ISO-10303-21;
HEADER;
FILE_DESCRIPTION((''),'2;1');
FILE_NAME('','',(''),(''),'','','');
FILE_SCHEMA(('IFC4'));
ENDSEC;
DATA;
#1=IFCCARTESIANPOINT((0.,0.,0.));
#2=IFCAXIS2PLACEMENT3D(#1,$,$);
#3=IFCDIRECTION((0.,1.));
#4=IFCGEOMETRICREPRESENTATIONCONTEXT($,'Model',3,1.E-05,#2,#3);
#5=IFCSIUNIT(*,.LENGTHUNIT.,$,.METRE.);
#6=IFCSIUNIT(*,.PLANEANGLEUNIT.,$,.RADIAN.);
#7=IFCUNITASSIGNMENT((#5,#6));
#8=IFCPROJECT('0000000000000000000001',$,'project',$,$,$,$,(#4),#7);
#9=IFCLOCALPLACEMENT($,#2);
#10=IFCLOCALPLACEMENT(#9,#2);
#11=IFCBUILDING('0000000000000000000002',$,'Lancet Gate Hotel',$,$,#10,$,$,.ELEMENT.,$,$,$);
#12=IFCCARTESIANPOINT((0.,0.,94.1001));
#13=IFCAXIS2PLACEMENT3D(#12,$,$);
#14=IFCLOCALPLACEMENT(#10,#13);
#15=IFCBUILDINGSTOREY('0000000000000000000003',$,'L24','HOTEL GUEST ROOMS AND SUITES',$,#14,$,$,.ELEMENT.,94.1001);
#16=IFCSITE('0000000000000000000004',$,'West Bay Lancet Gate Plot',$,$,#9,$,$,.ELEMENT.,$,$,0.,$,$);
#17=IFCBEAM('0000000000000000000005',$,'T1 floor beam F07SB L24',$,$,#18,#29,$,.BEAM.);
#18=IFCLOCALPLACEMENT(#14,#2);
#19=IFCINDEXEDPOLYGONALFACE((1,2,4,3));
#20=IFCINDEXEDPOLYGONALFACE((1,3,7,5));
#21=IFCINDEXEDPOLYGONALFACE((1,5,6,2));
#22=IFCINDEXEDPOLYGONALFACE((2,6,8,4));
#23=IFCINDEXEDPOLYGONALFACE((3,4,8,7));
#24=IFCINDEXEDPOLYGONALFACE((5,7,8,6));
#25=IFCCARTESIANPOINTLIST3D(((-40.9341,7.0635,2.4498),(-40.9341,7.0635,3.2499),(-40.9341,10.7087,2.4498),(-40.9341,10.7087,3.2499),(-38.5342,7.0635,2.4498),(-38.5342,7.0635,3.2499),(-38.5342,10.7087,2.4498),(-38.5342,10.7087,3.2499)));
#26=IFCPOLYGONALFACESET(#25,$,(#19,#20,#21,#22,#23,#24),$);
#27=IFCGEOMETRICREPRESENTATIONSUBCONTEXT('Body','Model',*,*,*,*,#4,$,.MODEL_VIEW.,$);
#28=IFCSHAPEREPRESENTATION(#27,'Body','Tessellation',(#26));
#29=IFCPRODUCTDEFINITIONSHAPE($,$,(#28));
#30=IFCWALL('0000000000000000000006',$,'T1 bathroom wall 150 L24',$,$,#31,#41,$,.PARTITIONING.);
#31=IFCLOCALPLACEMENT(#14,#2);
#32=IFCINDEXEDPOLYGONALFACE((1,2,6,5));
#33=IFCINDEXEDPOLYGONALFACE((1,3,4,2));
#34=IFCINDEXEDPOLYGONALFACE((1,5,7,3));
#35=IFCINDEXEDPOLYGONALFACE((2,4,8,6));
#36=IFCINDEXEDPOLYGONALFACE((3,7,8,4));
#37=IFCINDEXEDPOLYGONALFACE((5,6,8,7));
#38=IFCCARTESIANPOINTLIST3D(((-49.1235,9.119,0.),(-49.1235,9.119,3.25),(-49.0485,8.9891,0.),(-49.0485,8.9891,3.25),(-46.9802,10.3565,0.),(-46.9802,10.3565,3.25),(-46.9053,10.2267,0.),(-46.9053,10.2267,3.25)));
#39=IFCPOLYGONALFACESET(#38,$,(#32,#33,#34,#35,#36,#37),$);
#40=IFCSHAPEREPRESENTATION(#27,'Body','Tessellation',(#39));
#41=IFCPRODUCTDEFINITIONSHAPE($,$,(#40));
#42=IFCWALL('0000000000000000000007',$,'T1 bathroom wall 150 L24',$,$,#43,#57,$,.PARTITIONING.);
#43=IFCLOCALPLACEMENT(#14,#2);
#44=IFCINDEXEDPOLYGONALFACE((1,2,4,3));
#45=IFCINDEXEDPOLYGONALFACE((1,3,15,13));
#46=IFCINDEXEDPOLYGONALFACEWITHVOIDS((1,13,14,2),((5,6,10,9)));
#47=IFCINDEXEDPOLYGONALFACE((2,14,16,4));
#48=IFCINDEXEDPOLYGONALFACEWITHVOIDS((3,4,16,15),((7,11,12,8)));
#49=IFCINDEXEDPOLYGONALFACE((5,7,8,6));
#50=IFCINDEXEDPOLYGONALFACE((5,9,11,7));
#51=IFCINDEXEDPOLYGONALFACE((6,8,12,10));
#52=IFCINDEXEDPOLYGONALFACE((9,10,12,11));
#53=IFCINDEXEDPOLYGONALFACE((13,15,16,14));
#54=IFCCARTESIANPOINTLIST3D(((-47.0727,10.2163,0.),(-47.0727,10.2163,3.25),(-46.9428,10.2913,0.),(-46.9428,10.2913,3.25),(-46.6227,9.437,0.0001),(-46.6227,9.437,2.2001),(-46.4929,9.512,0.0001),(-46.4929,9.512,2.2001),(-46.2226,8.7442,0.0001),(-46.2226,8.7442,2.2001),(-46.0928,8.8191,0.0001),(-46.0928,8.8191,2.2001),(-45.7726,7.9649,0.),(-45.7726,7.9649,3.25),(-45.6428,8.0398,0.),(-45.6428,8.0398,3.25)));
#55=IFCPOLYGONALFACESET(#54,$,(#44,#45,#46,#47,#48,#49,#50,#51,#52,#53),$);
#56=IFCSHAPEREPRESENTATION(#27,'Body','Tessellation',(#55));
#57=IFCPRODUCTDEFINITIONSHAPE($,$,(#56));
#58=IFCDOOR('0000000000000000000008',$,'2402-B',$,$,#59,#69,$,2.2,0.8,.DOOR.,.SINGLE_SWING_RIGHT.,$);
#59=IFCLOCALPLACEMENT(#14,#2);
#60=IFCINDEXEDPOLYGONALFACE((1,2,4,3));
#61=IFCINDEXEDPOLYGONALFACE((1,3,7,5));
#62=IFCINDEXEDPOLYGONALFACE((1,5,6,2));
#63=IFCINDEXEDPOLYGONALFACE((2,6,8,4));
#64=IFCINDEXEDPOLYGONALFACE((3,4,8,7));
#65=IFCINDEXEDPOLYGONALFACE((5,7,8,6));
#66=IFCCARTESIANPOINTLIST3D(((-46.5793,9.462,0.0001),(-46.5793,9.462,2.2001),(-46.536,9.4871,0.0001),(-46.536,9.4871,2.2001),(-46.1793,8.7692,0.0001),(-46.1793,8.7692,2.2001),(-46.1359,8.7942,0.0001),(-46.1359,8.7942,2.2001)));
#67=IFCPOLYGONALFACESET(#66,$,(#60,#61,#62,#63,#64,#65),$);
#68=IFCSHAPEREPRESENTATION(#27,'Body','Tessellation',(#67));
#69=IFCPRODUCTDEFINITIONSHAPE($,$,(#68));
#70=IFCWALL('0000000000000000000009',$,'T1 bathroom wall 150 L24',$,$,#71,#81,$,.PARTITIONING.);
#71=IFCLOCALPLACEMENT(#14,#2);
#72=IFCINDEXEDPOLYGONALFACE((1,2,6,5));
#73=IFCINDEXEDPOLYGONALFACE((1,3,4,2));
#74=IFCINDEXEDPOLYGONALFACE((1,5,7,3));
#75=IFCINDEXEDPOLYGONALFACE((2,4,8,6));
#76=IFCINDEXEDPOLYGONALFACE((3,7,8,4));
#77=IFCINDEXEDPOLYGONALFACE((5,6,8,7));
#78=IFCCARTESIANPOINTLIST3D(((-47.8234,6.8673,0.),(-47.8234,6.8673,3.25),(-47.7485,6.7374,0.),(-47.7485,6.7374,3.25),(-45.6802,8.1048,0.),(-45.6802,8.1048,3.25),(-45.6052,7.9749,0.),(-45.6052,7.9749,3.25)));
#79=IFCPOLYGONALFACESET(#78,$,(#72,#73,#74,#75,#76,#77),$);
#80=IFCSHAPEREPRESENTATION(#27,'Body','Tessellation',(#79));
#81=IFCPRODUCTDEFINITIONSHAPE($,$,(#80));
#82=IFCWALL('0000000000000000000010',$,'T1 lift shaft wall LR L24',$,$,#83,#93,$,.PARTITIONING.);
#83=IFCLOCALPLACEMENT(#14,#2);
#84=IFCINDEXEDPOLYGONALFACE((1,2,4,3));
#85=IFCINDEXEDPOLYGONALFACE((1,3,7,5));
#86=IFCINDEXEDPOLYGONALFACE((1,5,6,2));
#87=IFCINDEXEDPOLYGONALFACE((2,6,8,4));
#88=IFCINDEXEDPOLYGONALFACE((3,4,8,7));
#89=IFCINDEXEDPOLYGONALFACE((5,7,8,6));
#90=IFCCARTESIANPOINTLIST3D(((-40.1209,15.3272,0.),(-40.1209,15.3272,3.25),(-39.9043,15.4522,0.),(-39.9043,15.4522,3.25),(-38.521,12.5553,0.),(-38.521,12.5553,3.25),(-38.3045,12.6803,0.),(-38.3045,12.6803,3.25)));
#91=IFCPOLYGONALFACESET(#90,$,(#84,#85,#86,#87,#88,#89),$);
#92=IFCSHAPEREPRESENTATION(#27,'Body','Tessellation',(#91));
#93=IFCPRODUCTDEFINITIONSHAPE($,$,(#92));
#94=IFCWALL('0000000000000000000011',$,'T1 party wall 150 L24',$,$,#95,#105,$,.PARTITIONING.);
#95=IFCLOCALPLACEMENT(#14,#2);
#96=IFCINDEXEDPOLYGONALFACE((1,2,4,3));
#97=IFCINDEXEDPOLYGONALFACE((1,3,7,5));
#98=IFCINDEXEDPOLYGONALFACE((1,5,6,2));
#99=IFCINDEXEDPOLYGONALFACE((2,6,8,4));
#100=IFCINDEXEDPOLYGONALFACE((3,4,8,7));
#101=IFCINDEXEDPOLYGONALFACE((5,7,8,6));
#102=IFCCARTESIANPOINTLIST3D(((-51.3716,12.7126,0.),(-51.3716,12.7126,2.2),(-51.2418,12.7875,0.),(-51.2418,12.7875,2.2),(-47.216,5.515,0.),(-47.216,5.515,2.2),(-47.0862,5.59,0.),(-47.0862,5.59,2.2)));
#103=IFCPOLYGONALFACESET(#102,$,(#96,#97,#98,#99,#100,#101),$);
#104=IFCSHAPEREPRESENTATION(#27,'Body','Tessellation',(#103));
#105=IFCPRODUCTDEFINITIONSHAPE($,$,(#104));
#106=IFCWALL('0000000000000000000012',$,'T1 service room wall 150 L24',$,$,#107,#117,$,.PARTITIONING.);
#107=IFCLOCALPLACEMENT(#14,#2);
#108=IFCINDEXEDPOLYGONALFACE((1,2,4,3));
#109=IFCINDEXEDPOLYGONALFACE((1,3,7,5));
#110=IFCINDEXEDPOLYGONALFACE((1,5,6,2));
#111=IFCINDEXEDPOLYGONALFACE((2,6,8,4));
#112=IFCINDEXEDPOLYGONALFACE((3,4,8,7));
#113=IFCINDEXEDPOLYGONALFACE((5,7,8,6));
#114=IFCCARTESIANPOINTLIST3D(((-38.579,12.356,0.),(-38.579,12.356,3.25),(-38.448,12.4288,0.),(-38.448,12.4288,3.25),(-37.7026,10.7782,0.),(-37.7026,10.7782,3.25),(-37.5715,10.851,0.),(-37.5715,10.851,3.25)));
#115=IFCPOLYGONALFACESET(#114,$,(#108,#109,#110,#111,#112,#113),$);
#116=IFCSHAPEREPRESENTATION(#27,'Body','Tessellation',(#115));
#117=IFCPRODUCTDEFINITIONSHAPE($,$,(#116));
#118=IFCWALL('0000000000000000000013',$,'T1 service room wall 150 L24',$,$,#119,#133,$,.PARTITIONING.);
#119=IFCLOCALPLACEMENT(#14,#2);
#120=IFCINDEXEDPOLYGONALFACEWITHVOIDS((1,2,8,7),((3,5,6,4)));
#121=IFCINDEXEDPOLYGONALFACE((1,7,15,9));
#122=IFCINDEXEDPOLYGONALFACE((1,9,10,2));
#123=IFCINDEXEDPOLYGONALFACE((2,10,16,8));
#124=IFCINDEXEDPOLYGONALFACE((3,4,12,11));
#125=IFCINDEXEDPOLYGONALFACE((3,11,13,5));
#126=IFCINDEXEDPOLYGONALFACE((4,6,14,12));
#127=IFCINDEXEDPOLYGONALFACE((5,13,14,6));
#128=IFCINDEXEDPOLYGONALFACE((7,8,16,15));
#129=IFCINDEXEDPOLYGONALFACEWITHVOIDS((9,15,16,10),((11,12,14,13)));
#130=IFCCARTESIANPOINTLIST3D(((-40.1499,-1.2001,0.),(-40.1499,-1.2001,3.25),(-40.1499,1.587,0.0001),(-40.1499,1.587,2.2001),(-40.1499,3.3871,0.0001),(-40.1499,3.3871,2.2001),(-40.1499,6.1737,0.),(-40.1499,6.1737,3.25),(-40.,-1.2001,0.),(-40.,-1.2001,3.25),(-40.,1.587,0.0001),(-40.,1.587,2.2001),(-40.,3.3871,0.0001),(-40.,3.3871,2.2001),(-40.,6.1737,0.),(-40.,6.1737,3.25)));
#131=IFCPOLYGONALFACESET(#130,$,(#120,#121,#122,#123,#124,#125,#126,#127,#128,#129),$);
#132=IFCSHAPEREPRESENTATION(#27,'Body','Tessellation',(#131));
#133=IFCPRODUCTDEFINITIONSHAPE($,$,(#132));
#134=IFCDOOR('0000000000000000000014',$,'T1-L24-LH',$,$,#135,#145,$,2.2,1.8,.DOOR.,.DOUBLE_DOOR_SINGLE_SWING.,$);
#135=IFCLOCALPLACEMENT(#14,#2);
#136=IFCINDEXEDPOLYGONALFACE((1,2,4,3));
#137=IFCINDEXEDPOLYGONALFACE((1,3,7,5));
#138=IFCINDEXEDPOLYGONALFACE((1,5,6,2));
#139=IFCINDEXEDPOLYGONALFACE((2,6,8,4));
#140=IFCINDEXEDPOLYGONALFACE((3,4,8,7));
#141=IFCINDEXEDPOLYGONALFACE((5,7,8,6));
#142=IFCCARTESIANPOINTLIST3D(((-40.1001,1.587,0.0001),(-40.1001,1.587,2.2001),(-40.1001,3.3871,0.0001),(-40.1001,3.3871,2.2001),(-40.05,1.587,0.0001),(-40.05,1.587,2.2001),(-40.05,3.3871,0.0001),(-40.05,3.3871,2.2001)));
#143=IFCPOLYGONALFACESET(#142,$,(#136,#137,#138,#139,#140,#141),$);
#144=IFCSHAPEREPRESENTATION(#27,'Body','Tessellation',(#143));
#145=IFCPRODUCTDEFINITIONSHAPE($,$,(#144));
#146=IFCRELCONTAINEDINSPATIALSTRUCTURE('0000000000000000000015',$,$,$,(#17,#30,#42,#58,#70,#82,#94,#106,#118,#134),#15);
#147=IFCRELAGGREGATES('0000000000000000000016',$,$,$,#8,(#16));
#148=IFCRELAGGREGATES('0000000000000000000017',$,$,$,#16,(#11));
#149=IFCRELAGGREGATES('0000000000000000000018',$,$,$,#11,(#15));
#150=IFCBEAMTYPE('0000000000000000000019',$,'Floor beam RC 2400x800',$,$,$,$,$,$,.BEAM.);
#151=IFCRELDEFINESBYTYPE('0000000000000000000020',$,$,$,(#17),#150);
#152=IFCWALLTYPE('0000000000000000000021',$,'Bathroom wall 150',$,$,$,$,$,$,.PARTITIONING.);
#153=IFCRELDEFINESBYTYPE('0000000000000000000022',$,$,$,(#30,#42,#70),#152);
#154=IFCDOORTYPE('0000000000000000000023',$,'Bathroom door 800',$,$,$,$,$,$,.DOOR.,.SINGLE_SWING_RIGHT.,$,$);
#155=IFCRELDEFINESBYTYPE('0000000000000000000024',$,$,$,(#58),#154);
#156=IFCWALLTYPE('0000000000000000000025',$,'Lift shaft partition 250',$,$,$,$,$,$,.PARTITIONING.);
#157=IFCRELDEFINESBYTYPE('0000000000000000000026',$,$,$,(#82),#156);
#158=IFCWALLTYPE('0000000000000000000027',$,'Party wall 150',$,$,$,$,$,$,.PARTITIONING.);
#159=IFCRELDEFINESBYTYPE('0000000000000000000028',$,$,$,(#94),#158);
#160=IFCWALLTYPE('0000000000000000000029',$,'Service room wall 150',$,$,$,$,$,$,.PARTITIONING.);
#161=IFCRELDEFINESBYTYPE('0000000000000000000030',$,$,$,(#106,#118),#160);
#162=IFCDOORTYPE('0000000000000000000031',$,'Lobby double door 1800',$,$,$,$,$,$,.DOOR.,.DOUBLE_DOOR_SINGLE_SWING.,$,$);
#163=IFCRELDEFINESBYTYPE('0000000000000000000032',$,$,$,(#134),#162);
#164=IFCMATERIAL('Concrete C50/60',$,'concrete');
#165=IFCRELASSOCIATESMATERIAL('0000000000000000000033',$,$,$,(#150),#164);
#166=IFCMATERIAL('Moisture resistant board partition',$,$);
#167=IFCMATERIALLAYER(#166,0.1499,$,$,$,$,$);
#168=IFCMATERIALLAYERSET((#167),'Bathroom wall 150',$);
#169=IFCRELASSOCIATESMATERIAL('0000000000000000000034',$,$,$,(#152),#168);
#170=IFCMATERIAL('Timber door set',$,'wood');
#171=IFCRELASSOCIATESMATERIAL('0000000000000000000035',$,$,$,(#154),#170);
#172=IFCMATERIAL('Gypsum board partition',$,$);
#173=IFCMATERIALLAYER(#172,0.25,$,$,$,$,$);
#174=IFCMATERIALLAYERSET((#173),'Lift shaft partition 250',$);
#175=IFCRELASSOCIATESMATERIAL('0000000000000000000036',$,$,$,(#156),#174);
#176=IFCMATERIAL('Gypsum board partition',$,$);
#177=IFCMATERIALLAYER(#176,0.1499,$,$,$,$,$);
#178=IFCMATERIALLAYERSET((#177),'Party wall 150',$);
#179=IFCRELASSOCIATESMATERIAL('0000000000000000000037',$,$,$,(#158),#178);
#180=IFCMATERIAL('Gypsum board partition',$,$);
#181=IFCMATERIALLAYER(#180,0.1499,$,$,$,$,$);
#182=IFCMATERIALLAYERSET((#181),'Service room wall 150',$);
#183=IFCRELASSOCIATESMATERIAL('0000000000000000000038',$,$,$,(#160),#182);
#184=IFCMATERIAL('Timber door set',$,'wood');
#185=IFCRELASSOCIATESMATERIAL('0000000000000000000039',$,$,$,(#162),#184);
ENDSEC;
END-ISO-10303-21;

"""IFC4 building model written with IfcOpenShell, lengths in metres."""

from ifc_helpers import new_model, si_unit, direction, frame, frame_2d, origin, origin_2d, place, context, subcontext, project, spatial, rectangle, extrude, material, layer, layer_set, material_profile, profile_set, type_object, element, fill, save


model = new_model("IFC4")

# Units and contexts
model_context = context("Model", 3, precision=1e-05, world=origin(), true_north=direction((0.0, 1.0)))
body_context = subcontext(model_context, "Body", "Model", "MODEL_VIEW")
ifc_project = project(units=[si_unit("LENGTHUNIT", "METRE"), si_unit("PLANEANGLEUNIT", "RADIAN")], contexts=[model_context])

# Site, building, storey
site_placement = place(None, origin())
site = spatial("IfcSite", under=ifc_project, at=site_placement, Name="West Bay Lancet Gate Plot", CompositionType="ELEMENT", RefElevation=0.0)
building_placement = place(site_placement, origin())
building = spatial("IfcBuilding", under=site, at=building_placement, Name="Lancet Gate Hotel", CompositionType="ELEMENT")
storey_placement = place(building_placement, frame((0.0, 0.0, 94.1001)))
storey = spatial("IfcBuildingStorey", under=building, at=storey_placement, Name="L24", Description="HOTEL GUEST ROOMS AND SUITES", CompositionType="ELEMENT", Elevation=94.1001)

# Beam
ifc_material_1 = material(Name="Concrete C50/60", Category="concrete")
ifc_material_profile_1 = material_profile(ifc_material_1, rectangle(XDim=2.3999, YDim=0.8, at=origin_2d()), Name="RC 2400x800")
ifc_profile_set_1 = profile_set([ifc_material_profile_1], Name="Concrete C50/60")
beam_type_1 = type_object("IfcBeamType", Name="Floor beam RC 2400x800", PredefinedType="BEAM", material=ifc_profile_set_1)
beam_1_placement = place(storey_placement, frame((-39.7341, 10.7087, 2.8499), z_axis=(0.0, -1.0, 0.0), x_axis=(1.0, 0.0, 0.0)))
element("IfcBeam", 1, at=beam_1_placement, inside=storey, type_object=beam_type_1, Name="T1 floor beam F07SB L24", PredefinedType="BEAM", context=body_context, shape_type="SweptSolid", body=[
    extrude(rectangle(XDim=2.3999, YDim=0.8, at=origin_2d()), origin(), (0.0, 0.0, 1.0), 3.6453),
])

# Wall
ifc_material_2 = material(Name="Moisture resistant board partition")
ifc_layer_1 = layer(ifc_material_2, 0.1499)
ifc_layer_set_1 = layer_set([ifc_layer_1], Name="Bathroom wall 150")
wall_type_1 = type_object("IfcWallType", Name="Bathroom wall 150", PredefinedType="PARTITIONING", material=ifc_layer_set_1)
wall_1_placement = place(storey_placement, frame((-46.9429, 10.2915, 0.0), z_axis=(0.0, 0.0, 1.0), x_axis=(-0.866007, -0.500033, 0.0)))
element("IfcWall", 2, at=wall_1_placement, inside=storey, type_object=wall_type_1, Name="T1 bathroom wall 150 L24", PredefinedType="PARTITIONING", context=body_context, shape_type="SweptSolid", body=[
    extrude(rectangle(XDim=2.4749, YDim=0.1499, at=frame_2d((1.2373, 0.0))), origin(), (0.0, 0.0, 1.0), 3.25),
])

# Wall, opening, door
wall_2_placement = place(storey_placement, frame((-45.7078, 8.0024, 0.0), z_axis=(0.0, 0.0, 1.0), x_axis=(-0.500048, 0.865998, 0.0)))
wall_2 = element("IfcWall", 3, at=wall_2_placement, inside=storey, type_object=wall_type_1, Name="T1 bathroom wall 150 L24", PredefinedType="PARTITIONING", context=body_context, shape_type="SweptSolid", body=[
    extrude(rectangle(XDim=2.5999, YDim=0.1499, at=frame_2d((1.2998, 0.0))), origin(), (0.0, 0.0, 1.0), 3.25),
])
opening_1_placement = place(wall_2_placement, frame((0.8999, 0.0, 0.0)))
opening_1 = element("IfcOpeningElement", 4, at=opening_1_placement, cuts=wall_2, PredefinedType="OPENING", context=body_context, shape_type="SweptSolid", body=[
    extrude(rectangle(XDim=0.8, YDim=2.2, at=frame_2d((0.3999, 1.1001))), frame((0.0, 0.085, 0.0), z_axis=(0.0, -1.0, 0.0), x_axis=(1.0, 0.0, 0.0)), (0.0, 0.0, 1.0), 0.1699),
])
ifc_material_3 = material(Name="Timber door set", Category="wood")
door_type_1 = type_object("IfcDoorType", Name="Bathroom door 800", OperationType="SINGLE_SWING_RIGHT", PredefinedType="DOOR", material=ifc_material_3)
door_1_placement = place(opening_1_placement, origin())
door_1 = element("IfcDoor", 5, at=door_1_placement, inside=storey, type_object=door_type_1, Name="2402-B", OperationType="SINGLE_SWING_RIGHT", OverallHeight=2.2, OverallWidth=0.8, PredefinedType="DOOR", context=body_context, shape_type="SweptSolid", body=[
    extrude(rectangle(XDim=0.8, YDim=2.2, at=frame_2d((0.3999, 1.1001))), frame((0.0, 0.0249, 0.0), z_axis=(0.0, -1.0, 0.0), x_axis=(1.0, 0.0, 0.0)), (0.0, 0.0, 1.0), 0.05),
])
fill(opening_1, door_1)

# Walls
wall_3_placement = place(storey_placement, frame((-45.6428, 8.0398, 0.0), z_axis=(0.0, 0.0, 1.0), x_axis=(-0.866007, -0.500033, 0.0)))
element("IfcWall", 6, at=wall_3_placement, inside=storey, type_object=wall_type_1, Name="T1 bathroom wall 150 L24", PredefinedType="PARTITIONING", context=body_context, shape_type="SweptSolid", body=[
    extrude(rectangle(XDim=2.4749, YDim=0.1499, at=frame_2d((1.2373, 0.0))), origin(), (0.0, 0.0, 1.0), 3.25),
])
ifc_material_4 = material(Name="Gypsum board partition")
ifc_layer_2 = layer(ifc_material_4, 0.25)
ifc_layer_set_2 = layer_set([ifc_layer_2], Name="Lift shaft partition 250")
wall_type_2 = type_object("IfcWallType", Name="Lift shaft partition 250", PredefinedType="PARTITIONING", material=ifc_layer_set_2)
wall_4_placement = place(storey_placement, frame((-38.4128, 12.6179, 0.0), z_axis=(0.0, 0.0, 1.0), x_axis=(-0.499872, 0.866099, 0.0)))
element("IfcWall", 7, at=wall_4_placement, inside=storey, type_object=wall_type_2, Name="T1 lift shaft wall LR L24", PredefinedType="PARTITIONING", context=body_context, shape_type="SweptSolid", body=[
    extrude(rectangle(XDim=3.2004, YDim=0.25, at=frame_2d((1.6001, 0.0))), origin(), (0.0, 0.0, 1.0), 3.25),
])
ifc_material_5 = material(Name="Gypsum board partition")
ifc_layer_3 = layer(ifc_material_5, 0.1499)
ifc_layer_set_3 = layer_set([ifc_layer_3], Name="Party wall 150")
wall_type_3 = type_object("IfcWallType", Name="Party wall 150", PredefinedType="PARTITIONING", material=ifc_layer_set_3)
wall_5_placement = place(storey_placement, frame((-47.1511, 5.5525, 0.0), z_axis=(0.0, 0.0, 1.0), x_axis=(-0.500003, 0.866024, 0.0)))
element("IfcWall", 8, at=wall_5_placement, inside=storey, type_object=wall_type_3, Name="T1 party wall 150 L24", PredefinedType="PARTITIONING", context=body_context, shape_type="SweptSolid", body=[
    extrude(rectangle(XDim=8.311, YDim=0.1499, at=frame_2d((4.1555, 0.0))), origin(), (0.0, 0.0, 1.0), 2.2),
])
ifc_material_6 = material(Name="Gypsum board partition")
ifc_layer_4 = layer(ifc_material_6, 0.1499)
ifc_layer_set_4 = layer_set([ifc_layer_4], Name="Service room wall 150")
wall_type_4 = type_object("IfcWallType", Name="Service room wall 150", PredefinedType="PARTITIONING", material=ifc_layer_set_4)
wall_6_placement = place(storey_placement, frame((-38.5134, 12.3923, 0.0), z_axis=(0.0, 0.0, 1.0), x_axis=(0.485586, -0.874189, 0.0)))
element("IfcWall", 9, at=wall_6_placement, inside=storey, type_object=wall_type_4, Name="T1 service room wall 150 L24", PredefinedType="PARTITIONING", context=body_context, shape_type="SweptSolid", body=[
    extrude(rectangle(XDim=1.8049, YDim=0.1499, at=frame_2d((0.9023, 0.0))), origin(), (0.0, 0.0, 1.0), 3.25),
])

# Wall, opening, door
wall_7_placement = place(storey_placement, frame((-40.075, 6.1738, 0.0), z_axis=(0.0, 0.0, 1.0), x_axis=(0.0, -1.0, 0.0)))
wall_7 = element("IfcWall", 10, at=wall_7_placement, inside=storey, type_object=wall_type_4, Name="T1 service room wall 150 L24", PredefinedType="PARTITIONING", context=body_context, shape_type="SweptSolid", body=[
    extrude(rectangle(XDim=7.3738, YDim=0.1499, at=frame_2d((3.687, 0.0))), origin(), (0.0, 0.0, 1.0), 3.25),
])
opening_2_placement = place(wall_7_placement, frame((2.7869, 0.0, 0.0)))
opening_2 = element("IfcOpeningElement", 11, at=opening_2_placement, cuts=wall_7, PredefinedType="OPENING", context=body_context, shape_type="SweptSolid", body=[
    extrude(rectangle(XDim=1.8, YDim=2.2, at=frame_2d((0.8999, 1.1001))), frame((0.0, 0.085, 0.0), z_axis=(0.0, -1.0, 0.0), x_axis=(1.0, 0.0, 0.0)), (0.0, 0.0, 1.0), 0.1699),
])
ifc_material_7 = material(Name="Timber door set", Category="wood")
door_type_2 = type_object("IfcDoorType", Name="Lobby double door 1800", OperationType="DOUBLE_DOOR_SINGLE_SWING", PredefinedType="DOOR", material=ifc_material_7)
door_2_placement = place(opening_2_placement, origin())
door_2 = element("IfcDoor", 12, at=door_2_placement, inside=storey, type_object=door_type_2, Name="T1-L24-LH", OperationType="DOUBLE_DOOR_SINGLE_SWING", OverallHeight=2.2, OverallWidth=1.8, PredefinedType="DOOR", context=body_context, shape_type="SweptSolid", body=[
    extrude(rectangle(XDim=1.8, YDim=2.2, at=frame_2d((0.8999, 1.1001))), frame((0.0, 0.0249, 0.0), z_axis=(0.0, -1.0, 0.0), x_axis=(1.0, 0.0, 0.0)), (0.0, 0.0, 1.0), 0.05),
])
fill(opening_2, door_2)

save(model, "model.ifc")
